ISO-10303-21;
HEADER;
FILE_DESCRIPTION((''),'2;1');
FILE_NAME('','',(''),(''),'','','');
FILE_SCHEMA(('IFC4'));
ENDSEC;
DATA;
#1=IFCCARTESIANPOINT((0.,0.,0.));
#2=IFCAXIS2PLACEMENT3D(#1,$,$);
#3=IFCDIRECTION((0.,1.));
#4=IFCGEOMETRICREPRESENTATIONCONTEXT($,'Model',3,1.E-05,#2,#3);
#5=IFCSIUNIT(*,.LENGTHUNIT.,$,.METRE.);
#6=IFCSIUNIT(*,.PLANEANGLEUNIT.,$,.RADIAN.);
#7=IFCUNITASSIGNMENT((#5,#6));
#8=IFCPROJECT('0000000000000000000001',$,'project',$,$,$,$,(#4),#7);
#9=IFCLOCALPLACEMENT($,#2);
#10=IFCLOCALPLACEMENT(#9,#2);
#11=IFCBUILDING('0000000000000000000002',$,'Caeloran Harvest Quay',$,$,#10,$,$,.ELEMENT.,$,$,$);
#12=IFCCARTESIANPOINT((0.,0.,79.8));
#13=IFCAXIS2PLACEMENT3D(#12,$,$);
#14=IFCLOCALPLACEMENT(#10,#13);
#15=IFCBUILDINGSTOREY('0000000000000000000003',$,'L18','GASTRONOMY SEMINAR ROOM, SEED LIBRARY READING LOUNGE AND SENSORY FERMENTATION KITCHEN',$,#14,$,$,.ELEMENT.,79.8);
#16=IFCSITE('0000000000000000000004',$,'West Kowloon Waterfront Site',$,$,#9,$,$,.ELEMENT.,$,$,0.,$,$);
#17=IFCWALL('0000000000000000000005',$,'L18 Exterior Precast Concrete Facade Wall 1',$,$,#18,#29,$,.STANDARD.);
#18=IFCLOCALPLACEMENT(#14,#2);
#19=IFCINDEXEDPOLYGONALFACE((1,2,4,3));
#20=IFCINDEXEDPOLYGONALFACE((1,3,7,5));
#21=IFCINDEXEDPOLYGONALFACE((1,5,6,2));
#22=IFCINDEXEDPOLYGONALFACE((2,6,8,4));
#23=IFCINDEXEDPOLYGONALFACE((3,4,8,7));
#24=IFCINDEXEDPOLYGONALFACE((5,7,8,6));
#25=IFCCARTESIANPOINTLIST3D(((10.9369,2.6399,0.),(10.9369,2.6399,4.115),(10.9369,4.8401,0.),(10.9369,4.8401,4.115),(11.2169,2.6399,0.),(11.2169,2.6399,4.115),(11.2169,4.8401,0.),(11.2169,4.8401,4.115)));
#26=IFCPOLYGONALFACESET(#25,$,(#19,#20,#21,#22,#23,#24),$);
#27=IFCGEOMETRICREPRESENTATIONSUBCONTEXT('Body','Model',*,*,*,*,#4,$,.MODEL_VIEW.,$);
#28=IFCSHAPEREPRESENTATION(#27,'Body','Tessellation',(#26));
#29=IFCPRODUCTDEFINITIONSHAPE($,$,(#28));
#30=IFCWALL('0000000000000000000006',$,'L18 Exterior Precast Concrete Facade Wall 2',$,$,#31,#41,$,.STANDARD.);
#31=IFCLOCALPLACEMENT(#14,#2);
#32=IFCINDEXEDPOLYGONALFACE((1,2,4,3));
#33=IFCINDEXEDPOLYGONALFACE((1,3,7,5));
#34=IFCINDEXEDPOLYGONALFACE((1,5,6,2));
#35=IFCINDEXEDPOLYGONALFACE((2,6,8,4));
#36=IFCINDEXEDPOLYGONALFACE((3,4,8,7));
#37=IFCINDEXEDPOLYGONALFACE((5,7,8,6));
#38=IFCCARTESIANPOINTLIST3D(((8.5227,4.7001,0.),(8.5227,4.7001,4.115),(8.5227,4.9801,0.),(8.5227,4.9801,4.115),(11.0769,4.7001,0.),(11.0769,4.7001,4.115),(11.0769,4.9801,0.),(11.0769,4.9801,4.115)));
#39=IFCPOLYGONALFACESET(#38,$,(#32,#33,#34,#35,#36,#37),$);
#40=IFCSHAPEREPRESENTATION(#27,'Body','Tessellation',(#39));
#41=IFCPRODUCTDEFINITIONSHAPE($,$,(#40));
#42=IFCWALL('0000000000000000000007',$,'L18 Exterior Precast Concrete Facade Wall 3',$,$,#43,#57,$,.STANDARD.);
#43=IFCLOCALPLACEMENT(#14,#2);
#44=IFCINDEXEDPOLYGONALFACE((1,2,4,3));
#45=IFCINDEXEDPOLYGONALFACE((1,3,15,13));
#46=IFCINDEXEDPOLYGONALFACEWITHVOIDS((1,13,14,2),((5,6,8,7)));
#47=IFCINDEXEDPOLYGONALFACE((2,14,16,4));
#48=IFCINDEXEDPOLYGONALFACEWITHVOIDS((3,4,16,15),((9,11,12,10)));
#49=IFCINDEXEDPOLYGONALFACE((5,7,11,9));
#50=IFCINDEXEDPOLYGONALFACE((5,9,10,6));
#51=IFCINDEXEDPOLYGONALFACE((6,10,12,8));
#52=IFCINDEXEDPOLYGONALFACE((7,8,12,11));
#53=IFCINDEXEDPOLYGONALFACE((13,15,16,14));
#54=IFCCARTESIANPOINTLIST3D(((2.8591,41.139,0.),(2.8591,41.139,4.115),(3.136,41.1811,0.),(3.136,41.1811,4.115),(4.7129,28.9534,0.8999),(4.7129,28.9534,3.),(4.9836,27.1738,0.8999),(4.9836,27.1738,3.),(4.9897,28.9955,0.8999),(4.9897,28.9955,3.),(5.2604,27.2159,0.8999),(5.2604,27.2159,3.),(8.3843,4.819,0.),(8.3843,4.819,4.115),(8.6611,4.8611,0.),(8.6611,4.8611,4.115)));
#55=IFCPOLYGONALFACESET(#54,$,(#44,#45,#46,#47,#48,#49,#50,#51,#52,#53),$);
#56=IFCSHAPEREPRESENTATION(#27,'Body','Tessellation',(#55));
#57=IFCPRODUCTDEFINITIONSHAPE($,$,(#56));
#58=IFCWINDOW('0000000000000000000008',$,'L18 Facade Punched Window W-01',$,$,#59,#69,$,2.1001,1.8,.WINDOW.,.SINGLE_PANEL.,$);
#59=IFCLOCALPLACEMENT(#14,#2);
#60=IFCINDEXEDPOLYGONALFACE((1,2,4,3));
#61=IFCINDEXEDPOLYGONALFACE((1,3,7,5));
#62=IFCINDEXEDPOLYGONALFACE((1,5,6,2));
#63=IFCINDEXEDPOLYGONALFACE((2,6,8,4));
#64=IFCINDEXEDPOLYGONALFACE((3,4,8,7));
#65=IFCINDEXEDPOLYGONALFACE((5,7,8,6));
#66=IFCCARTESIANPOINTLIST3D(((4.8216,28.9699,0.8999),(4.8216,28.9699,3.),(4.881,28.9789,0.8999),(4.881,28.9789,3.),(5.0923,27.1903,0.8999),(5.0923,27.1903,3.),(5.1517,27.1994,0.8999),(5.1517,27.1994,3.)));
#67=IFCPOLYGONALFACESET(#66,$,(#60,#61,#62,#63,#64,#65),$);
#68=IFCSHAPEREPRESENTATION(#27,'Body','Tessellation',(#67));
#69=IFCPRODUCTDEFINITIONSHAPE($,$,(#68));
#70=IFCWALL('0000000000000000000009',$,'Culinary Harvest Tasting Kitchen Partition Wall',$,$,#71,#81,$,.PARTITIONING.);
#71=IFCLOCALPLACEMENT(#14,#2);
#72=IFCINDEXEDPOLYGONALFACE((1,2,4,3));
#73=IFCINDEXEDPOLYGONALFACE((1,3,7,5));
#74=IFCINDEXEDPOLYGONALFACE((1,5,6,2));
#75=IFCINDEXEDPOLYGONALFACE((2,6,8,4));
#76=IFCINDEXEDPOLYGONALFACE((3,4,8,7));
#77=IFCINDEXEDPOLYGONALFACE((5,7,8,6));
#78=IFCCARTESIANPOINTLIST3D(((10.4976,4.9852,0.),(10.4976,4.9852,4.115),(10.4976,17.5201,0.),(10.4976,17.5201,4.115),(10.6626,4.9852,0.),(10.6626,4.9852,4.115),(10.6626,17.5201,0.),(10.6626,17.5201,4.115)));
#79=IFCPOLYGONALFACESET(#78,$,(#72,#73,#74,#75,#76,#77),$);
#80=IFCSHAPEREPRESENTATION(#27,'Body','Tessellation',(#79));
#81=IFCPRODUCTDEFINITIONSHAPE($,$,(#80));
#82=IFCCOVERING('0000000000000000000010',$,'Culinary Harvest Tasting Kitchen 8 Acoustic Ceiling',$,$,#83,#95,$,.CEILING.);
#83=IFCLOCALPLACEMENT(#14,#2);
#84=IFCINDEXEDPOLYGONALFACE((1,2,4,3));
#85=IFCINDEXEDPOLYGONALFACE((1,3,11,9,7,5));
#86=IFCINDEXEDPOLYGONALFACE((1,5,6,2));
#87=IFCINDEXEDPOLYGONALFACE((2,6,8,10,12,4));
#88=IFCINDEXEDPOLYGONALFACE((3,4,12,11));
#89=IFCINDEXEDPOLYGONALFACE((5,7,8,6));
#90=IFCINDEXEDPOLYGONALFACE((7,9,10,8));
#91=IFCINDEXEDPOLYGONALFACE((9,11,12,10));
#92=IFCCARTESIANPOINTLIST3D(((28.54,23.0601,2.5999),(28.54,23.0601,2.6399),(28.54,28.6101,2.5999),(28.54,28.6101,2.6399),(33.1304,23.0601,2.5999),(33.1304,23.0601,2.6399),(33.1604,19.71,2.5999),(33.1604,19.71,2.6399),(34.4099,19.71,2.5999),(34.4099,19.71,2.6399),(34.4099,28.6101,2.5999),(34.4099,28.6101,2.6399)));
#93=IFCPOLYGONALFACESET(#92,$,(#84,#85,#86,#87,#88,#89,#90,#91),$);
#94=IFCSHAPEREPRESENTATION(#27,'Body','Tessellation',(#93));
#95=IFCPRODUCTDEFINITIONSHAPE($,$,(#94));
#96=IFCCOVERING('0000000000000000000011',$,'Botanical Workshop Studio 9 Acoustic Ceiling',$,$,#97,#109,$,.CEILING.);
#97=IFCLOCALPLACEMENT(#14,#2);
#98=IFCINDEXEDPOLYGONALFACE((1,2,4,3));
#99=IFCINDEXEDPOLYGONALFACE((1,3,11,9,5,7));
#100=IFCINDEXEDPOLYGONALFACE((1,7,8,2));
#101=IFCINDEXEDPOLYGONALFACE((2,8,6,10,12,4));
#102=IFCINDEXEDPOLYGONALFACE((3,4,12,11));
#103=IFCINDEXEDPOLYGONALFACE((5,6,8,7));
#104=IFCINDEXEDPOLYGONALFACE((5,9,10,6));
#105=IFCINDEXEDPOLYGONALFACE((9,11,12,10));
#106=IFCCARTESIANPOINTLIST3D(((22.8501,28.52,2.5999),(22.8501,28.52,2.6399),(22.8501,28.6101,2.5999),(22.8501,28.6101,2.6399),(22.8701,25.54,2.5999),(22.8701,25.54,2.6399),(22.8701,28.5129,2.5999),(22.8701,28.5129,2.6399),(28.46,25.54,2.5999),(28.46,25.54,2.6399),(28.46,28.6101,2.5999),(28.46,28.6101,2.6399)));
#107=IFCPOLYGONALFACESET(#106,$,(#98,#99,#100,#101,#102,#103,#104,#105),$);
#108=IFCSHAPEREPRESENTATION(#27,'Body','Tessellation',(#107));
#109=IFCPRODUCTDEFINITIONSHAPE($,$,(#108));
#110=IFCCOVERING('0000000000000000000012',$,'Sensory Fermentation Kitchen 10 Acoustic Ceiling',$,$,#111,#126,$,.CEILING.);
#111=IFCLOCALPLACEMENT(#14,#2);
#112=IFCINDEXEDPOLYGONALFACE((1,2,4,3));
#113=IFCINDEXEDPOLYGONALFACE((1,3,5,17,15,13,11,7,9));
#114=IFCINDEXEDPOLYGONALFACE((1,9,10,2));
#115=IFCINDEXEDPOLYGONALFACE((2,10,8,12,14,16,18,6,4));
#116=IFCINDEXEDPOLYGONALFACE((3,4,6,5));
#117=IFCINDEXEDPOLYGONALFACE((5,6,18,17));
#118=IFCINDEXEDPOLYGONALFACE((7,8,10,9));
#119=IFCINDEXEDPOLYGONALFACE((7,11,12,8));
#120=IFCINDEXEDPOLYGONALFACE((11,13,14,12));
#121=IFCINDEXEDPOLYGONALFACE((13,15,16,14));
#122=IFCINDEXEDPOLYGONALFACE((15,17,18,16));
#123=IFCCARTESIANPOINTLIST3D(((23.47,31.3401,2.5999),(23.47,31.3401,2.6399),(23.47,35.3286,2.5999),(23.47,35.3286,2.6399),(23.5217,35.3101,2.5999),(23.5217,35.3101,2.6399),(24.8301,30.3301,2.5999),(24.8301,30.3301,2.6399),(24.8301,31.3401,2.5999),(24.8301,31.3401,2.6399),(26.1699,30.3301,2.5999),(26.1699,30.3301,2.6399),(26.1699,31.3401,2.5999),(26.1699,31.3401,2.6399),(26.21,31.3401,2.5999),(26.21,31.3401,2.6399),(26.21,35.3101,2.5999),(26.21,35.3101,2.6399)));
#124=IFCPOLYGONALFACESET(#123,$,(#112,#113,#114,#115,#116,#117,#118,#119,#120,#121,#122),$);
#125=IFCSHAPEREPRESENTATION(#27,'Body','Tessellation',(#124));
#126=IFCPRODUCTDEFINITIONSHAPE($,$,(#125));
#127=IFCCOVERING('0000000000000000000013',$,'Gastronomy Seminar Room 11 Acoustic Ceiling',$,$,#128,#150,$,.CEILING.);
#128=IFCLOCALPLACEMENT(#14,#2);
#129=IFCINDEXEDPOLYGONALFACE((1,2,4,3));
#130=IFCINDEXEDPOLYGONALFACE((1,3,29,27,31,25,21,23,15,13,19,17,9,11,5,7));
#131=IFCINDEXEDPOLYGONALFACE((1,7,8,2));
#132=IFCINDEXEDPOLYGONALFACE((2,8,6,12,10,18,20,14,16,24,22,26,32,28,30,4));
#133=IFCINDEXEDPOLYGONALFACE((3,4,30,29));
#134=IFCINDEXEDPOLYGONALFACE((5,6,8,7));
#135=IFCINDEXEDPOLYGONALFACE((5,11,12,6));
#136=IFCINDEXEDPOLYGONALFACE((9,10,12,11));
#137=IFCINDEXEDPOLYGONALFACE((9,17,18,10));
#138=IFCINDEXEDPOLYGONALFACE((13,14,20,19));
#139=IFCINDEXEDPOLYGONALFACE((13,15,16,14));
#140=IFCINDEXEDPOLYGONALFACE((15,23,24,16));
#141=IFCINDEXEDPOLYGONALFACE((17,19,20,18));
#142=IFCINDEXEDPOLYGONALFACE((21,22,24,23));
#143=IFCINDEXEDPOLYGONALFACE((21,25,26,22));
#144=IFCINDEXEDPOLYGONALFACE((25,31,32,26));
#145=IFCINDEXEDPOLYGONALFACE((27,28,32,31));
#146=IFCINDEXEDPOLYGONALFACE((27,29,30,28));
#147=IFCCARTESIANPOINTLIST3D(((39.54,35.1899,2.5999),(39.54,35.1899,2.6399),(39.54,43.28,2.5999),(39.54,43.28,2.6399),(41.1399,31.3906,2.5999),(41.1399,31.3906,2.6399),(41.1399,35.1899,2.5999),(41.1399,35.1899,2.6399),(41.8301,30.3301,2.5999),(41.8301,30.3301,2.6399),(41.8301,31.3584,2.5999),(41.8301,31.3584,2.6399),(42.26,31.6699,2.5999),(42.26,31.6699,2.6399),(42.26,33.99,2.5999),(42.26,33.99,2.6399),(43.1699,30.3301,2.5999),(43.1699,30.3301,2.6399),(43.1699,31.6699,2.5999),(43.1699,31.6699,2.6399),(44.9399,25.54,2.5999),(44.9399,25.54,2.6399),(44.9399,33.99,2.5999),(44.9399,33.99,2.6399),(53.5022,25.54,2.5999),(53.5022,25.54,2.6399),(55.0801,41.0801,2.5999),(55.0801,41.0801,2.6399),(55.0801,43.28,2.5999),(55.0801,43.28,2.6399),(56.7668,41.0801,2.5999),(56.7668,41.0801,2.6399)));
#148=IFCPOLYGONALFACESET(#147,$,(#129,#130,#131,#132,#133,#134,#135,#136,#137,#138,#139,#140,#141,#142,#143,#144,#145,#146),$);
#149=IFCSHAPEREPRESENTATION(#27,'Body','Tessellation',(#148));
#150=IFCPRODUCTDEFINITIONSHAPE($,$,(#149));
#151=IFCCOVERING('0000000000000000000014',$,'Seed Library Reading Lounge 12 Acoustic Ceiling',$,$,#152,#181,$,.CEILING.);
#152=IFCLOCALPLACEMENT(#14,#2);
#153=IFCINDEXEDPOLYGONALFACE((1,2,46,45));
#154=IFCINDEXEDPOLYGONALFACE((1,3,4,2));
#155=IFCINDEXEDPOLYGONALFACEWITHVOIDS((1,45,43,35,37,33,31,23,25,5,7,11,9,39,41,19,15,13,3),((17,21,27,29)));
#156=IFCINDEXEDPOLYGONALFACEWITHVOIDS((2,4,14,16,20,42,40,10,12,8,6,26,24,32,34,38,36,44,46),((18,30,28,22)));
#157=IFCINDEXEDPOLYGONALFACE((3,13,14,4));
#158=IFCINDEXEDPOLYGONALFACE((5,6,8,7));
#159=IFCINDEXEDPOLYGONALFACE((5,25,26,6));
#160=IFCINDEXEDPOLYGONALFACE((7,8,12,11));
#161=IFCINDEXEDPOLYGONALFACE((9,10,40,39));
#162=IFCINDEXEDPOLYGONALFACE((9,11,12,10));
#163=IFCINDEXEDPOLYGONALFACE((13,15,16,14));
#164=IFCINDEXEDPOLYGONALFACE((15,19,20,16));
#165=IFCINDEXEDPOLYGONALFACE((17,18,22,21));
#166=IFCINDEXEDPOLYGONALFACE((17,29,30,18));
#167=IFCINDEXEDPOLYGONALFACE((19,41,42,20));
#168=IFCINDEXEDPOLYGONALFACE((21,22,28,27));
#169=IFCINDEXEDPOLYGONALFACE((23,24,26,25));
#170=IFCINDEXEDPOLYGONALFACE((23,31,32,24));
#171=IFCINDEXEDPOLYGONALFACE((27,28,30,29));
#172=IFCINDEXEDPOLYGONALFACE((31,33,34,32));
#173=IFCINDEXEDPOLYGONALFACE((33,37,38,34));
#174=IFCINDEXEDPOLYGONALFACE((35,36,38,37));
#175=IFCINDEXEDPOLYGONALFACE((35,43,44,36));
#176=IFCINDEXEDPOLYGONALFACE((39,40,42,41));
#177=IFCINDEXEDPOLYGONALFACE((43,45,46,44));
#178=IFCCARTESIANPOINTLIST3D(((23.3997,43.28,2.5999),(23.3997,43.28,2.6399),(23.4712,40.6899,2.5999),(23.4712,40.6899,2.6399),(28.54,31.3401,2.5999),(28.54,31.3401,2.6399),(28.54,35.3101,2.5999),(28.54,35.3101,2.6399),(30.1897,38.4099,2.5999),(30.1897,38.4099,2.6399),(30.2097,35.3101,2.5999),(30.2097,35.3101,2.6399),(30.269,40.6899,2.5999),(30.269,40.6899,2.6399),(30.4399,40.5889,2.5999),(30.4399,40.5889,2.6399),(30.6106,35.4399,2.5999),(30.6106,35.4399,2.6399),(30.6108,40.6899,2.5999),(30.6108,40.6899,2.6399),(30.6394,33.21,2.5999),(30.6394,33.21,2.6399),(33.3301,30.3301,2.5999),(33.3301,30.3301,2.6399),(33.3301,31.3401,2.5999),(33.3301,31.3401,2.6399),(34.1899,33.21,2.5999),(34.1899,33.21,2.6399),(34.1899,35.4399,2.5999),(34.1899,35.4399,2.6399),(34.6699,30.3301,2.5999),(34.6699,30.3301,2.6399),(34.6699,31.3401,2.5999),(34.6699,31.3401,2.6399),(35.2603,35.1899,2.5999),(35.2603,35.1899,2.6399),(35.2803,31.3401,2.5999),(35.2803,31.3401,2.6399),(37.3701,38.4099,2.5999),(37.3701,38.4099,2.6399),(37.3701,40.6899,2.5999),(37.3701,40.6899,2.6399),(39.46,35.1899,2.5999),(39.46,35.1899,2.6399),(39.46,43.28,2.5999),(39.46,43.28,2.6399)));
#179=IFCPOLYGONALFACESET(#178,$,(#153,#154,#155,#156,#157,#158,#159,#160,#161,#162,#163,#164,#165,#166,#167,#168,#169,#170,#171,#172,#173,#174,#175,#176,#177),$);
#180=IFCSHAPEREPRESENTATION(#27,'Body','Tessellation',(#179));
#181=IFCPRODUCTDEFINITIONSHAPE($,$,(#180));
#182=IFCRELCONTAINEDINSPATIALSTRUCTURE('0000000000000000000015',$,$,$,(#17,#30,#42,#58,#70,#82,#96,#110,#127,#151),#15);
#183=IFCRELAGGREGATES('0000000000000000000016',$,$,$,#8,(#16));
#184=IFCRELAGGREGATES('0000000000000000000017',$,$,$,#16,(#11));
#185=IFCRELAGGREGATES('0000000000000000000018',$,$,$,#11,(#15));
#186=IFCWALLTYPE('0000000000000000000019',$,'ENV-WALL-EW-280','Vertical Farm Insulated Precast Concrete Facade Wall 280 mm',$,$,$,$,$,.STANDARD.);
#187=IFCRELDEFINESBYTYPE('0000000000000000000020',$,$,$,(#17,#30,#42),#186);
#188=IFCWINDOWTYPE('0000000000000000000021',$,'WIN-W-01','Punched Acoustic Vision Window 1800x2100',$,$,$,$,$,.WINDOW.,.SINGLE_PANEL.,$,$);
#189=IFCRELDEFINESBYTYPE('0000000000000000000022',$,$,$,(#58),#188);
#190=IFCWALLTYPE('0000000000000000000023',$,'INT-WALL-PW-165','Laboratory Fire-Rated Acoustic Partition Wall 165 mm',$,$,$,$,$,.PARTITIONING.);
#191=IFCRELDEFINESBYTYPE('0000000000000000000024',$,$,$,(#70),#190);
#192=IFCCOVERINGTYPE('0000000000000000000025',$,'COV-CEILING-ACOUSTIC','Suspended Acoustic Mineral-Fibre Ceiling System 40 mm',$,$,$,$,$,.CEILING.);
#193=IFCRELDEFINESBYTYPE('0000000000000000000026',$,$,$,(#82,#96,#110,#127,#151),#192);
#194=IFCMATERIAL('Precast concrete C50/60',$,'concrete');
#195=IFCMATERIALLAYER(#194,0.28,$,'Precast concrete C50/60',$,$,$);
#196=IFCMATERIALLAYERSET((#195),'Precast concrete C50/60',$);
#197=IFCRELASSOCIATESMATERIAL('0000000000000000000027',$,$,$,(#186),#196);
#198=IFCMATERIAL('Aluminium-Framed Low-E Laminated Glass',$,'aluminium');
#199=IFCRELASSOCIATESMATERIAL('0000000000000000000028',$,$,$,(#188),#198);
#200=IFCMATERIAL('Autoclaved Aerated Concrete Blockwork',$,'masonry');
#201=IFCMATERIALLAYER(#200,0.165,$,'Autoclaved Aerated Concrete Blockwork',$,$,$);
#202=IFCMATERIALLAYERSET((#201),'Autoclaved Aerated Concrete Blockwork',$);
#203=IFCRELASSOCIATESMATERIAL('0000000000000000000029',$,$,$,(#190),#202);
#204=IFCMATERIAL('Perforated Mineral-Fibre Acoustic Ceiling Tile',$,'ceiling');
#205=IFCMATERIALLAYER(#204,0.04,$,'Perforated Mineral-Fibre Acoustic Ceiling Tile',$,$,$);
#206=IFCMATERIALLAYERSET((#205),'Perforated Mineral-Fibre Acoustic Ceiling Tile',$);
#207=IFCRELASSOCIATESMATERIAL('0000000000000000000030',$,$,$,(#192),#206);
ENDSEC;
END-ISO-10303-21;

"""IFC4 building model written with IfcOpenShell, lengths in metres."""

from ifc_helpers import new_model, si_unit, direction, frame, frame_2d, origin, place, context, subcontext, project, spatial, polyline, rectangle, outline, extrude, material, layer, layer_set, type_object, element, fill, save


model = new_model("IFC4")

# Units and contexts
model_context = context("Model", 3, precision=1e-05, world=origin(), true_north=direction((0.0, 1.0)))
body_context = subcontext(model_context, "Body", "Model", "MODEL_VIEW")
ifc_project = project(units=[si_unit("LENGTHUNIT", "METRE"), si_unit("PLANEANGLEUNIT", "RADIAN")], contexts=[model_context])

# Site, building, storey
site_placement = place(None, origin())
site = spatial("IfcSite", under=ifc_project, at=site_placement, Name="West Kowloon Waterfront Site", CompositionType="ELEMENT", RefElevation=0.0)
building_placement = place(site_placement, origin())
building = spatial("IfcBuilding", under=site, at=building_placement, Name="Caeloran Harvest Quay", CompositionType="ELEMENT")
storey_placement = place(building_placement, frame((0.0, 0.0, 79.8)))
storey = spatial("IfcBuildingStorey", under=building, at=storey_placement, Name="L18", Description="GASTRONOMY SEMINAR ROOM, SEED LIBRARY READING LOUNGE AND SENSORY FERMENTATION KITCHEN", CompositionType="ELEMENT", Elevation=79.8)

# Walls
ifc_material_1 = material(Name="Precast concrete C50/60", Category="concrete")
ifc_layer_1 = layer(ifc_material_1, 0.28, Name="Precast concrete C50/60")
ifc_layer_set_1 = layer_set([ifc_layer_1], Name="Precast concrete C50/60")
wall_type_1 = type_object("IfcWallType", Name="ENV-WALL-EW-280", Description="Vertical Farm Insulated Precast Concrete Facade Wall 280 mm", PredefinedType="STANDARD", material=ifc_layer_set_1)
wall_1_placement = place(storey_placement, frame((11.0769, 2.6399, 0.0), z_axis=(0.0, 0.0, 1.0), x_axis=(0.0, 1.0, 0.0)))
element("IfcWall", 1, at=wall_1_placement, inside=storey, type_object=wall_type_1, Name="L18 Exterior Precast Concrete Facade Wall 1", PredefinedType="STANDARD", context=body_context, shape_type="SweptSolid", body=[
    extrude(rectangle(XDim=2.2002, YDim=0.28, at=frame_2d((1.1001, 0.0))), origin(), (0.0, 0.0, 1.0), 4.115),
])
wall_2_placement = place(storey_placement, frame((11.0769, 4.8401, 0.0), z_axis=(0.0, 0.0, 1.0), x_axis=(-1.0, 0.0, 0.0)))
element("IfcWall", 2, at=wall_2_placement, inside=storey, type_object=wall_type_1, Name="L18 Exterior Precast Concrete Facade Wall 2", PredefinedType="STANDARD", context=body_context, shape_type="SweptSolid", body=[
    extrude(rectangle(XDim=2.5542, YDim=0.28, at=frame_2d((1.2771, 0.0))), origin(), (0.0, 0.0, 1.0), 4.115),
])

# Wall, opening, window
wall_3_placement = place(storey_placement, frame((8.5227, 4.8401, 0.0), z_axis=(0.0, 0.0, 1.0), x_axis=(-0.150395, 0.988626, 0.0)))
wall_3 = element("IfcWall", 3, at=wall_3_placement, inside=storey, type_object=wall_type_1, Name="L18 Exterior Precast Concrete Facade Wall 3", PredefinedType="STANDARD", context=body_context, shape_type="SweptSolid", body=[
    extrude(rectangle(XDim=36.7378, YDim=0.28, at=frame_2d((18.3689, 0.0))), origin(), (0.0, 0.0, 1.0), 4.115),
])
opening_placement = place(wall_3_placement, frame((22.6121, 0.0, 0.8999)))
opening = element("IfcOpeningElement", 4, at=opening_placement, cuts=wall_3, PredefinedType="OPENING", context=body_context, shape_type="SweptSolid", body=[
    extrude(rectangle(XDim=1.8, YDim=2.1001, at=frame_2d((0.8999, 1.05))), frame((0.0, 0.1499, 0.0), z_axis=(0.0, -1.0, 0.0), x_axis=(1.0, 0.0, 0.0)), (0.0, 0.0, 1.0), 0.3),
])
ifc_material_2 = material(Name="Aluminium-Framed Low-E Laminated Glass", Category="aluminium")
window_type = type_object("IfcWindowType", Name="WIN-W-01", Description="Punched Acoustic Vision Window 1800x2100", PartitioningType="SINGLE_PANEL", PredefinedType="WINDOW", material=ifc_material_2)
window_placement = place(opening_placement, origin())
window = element("IfcWindow", 5, at=window_placement, inside=storey, type_object=window_type, Name="L18 Facade Punched Window W-01", OverallHeight=2.1001, OverallWidth=1.8, PartitioningType="SINGLE_PANEL", PredefinedType="WINDOW", context=body_context, shape_type="SweptSolid", body=[
    extrude(rectangle(XDim=1.8, YDim=2.1001, at=frame_2d((0.8999, 1.05))), frame((0.0, 0.03, 0.0), z_axis=(0.0, -1.0, 0.0), x_axis=(1.0, 0.0, 0.0)), (0.0, 0.0, 1.0), 0.0601),
])
fill(opening, window)

# Wall
ifc_material_3 = material(Name="Autoclaved Aerated Concrete Blockwork", Category="masonry")
ifc_layer_2 = layer(ifc_material_3, 0.165, Name="Autoclaved Aerated Concrete Blockwork")
ifc_layer_set_2 = layer_set([ifc_layer_2], Name="Autoclaved Aerated Concrete Blockwork")
wall_type_2 = type_object("IfcWallType", Name="INT-WALL-PW-165", Description="Laboratory Fire-Rated Acoustic Partition Wall 165 mm", PredefinedType="PARTITIONING", material=ifc_layer_set_2)
wall_4_placement = place(storey_placement, frame((10.5801, 4.9851, 0.0), z_axis=(0.0, 0.0, 1.0), x_axis=(0.0, 1.0, 0.0)))
element("IfcWall", 6, at=wall_4_placement, inside=storey, type_object=wall_type_2, Name="Culinary Harvest Tasting Kitchen Partition Wall", PredefinedType="PARTITIONING", context=body_context, shape_type="SweptSolid", body=[
    extrude(rectangle(XDim=12.5349, YDim=0.165, at=frame_2d((6.2676, 0.0))), origin(), (0.0, 0.0, 1.0), 4.115),
])

# Coverings
ifc_material_4 = material(Name="Perforated Mineral-Fibre Acoustic Ceiling Tile", Category="ceiling")
ifc_layer_3 = layer(ifc_material_4, 0.04, Name="Perforated Mineral-Fibre Acoustic Ceiling Tile")
ifc_layer_set_3 = layer_set([ifc_layer_3], Name="Perforated Mineral-Fibre Acoustic Ceiling Tile")
covering_type_1 = type_object("IfcCoveringType", Name="COV-CEILING-ACOUSTIC", Description="Suspended Acoustic Mineral-Fibre Ceiling System 40 mm", PredefinedType="CEILING", material=ifc_layer_set_3)
covering_1_placement = place(storey_placement, frame((0.0, 0.0, 2.5999)))
element("IfcCovering", 7, at=covering_1_placement, inside=storey, type_object=covering_type_1, Name="Culinary Harvest Tasting Kitchen 8 Acoustic Ceiling", PredefinedType="CEILING", context=body_context, shape_type="SweptSolid", body=[
    extrude(outline(polyline([(28.54, 28.6101), (34.4099, 28.6101), (34.4099, 19.71), (33.1604, 19.71), (33.1304, 23.0601), (28.54, 23.0601), (28.54, 28.6101)])), origin(), (0.0, 0.0, 1.0), 0.04),
])
covering_2_placement = place(storey_placement, frame((0.0, 0.0, 2.5999)))
element("IfcCovering", 8, at=covering_2_placement, inside=storey, type_object=covering_type_1, Name="Botanical Workshop Studio 9 Acoustic Ceiling", PredefinedType="CEILING", context=body_context, shape_type="SweptSolid", body=[
    extrude(outline(polyline([(22.8701, 28.5129), (22.8501, 28.52), (22.8501, 28.6101), (28.46, 28.6101), (28.46, 25.54), (22.8701, 25.54), (22.8701, 28.5129)])), origin(), (0.0, 0.0, 1.0), 0.04),
])
covering_3_placement = place(storey_placement, frame((0.0, 0.0, 2.5999)))
element("IfcCovering", 9, at=covering_3_placement, inside=storey, type_object=covering_type_1, Name="Sensory Fermentation Kitchen 10 Acoustic Ceiling", PredefinedType="CEILING", context=body_context, shape_type="SweptSolid", body=[
    extrude(outline(polyline([(26.1699, 30.3301), (24.8301, 30.3301), (24.8301, 31.3401), (23.47, 31.3401), (23.47, 35.3286), (23.5217, 35.3101), (26.21, 35.3101), (26.21, 31.3401), (26.1699, 31.3401), (26.1699, 30.3301)])), origin(), (0.0, 0.0, 1.0), 0.04),
])
covering_4_placement = place(storey_placement, frame((0.0, 0.0, 2.5999)))
element("IfcCovering", 10, at=covering_4_placement, inside=storey, type_object=covering_type_1, Name="Gastronomy Seminar Room 11 Acoustic Ceiling", PredefinedType="CEILING", context=body_context, shape_type="SweptSolid", body=[
    extrude(outline(polyline([(41.8301, 31.3584), (41.1399, 31.3906), (41.1399, 35.1899), (39.54, 35.1899), (39.54, 43.28), (55.0801, 43.28), (55.0801, 41.0801), (56.7668, 41.0801), (53.5022, 25.54), (44.9399, 25.54), (44.9399, 33.99), (42.26, 33.99), (42.26, 31.6699), (43.1699, 31.6699), (43.1699, 30.3301), (41.8301, 30.3301), (41.8301, 31.3584)])), origin(), (0.0, 0.0, 1.0), 0.04),
])
covering_5_placement = place(storey_placement, frame((0.0, 0.0, 2.5999)))
element("IfcCovering", 11, at=covering_5_placement, inside=storey, type_object=covering_type_1, Name="Seed Library Reading Lounge 12 Acoustic Ceiling", PredefinedType="CEILING", context=body_context, shape_type="SweptSolid", body=[
    extrude(outline(polyline([(34.6699, 30.3301), (33.3301, 30.3301), (33.3301, 31.3401), (28.54, 31.3401), (28.54, 35.3101), (30.2097, 35.3101), (30.1897, 38.4099), (37.3701, 38.4099), (37.3701, 40.6899), (30.6108, 40.6899), (30.4399, 40.5889), (30.269, 40.6899), (23.4712, 40.6899), (23.3997, 43.28), (39.46, 43.28), (39.46, 35.1899), (35.2603, 35.1899), (35.2803, 31.3401), (34.6699, 31.3401), (34.6699, 30.3301)]), holes=[polyline([(30.6106, 35.4399), (30.6394, 33.21), (34.1899, 33.21), (34.1899, 35.4399), (30.6106, 35.4399)])]), origin(), (0.0, 0.0, 1.0), 0.04),
])

save(model, "model.ifc")
